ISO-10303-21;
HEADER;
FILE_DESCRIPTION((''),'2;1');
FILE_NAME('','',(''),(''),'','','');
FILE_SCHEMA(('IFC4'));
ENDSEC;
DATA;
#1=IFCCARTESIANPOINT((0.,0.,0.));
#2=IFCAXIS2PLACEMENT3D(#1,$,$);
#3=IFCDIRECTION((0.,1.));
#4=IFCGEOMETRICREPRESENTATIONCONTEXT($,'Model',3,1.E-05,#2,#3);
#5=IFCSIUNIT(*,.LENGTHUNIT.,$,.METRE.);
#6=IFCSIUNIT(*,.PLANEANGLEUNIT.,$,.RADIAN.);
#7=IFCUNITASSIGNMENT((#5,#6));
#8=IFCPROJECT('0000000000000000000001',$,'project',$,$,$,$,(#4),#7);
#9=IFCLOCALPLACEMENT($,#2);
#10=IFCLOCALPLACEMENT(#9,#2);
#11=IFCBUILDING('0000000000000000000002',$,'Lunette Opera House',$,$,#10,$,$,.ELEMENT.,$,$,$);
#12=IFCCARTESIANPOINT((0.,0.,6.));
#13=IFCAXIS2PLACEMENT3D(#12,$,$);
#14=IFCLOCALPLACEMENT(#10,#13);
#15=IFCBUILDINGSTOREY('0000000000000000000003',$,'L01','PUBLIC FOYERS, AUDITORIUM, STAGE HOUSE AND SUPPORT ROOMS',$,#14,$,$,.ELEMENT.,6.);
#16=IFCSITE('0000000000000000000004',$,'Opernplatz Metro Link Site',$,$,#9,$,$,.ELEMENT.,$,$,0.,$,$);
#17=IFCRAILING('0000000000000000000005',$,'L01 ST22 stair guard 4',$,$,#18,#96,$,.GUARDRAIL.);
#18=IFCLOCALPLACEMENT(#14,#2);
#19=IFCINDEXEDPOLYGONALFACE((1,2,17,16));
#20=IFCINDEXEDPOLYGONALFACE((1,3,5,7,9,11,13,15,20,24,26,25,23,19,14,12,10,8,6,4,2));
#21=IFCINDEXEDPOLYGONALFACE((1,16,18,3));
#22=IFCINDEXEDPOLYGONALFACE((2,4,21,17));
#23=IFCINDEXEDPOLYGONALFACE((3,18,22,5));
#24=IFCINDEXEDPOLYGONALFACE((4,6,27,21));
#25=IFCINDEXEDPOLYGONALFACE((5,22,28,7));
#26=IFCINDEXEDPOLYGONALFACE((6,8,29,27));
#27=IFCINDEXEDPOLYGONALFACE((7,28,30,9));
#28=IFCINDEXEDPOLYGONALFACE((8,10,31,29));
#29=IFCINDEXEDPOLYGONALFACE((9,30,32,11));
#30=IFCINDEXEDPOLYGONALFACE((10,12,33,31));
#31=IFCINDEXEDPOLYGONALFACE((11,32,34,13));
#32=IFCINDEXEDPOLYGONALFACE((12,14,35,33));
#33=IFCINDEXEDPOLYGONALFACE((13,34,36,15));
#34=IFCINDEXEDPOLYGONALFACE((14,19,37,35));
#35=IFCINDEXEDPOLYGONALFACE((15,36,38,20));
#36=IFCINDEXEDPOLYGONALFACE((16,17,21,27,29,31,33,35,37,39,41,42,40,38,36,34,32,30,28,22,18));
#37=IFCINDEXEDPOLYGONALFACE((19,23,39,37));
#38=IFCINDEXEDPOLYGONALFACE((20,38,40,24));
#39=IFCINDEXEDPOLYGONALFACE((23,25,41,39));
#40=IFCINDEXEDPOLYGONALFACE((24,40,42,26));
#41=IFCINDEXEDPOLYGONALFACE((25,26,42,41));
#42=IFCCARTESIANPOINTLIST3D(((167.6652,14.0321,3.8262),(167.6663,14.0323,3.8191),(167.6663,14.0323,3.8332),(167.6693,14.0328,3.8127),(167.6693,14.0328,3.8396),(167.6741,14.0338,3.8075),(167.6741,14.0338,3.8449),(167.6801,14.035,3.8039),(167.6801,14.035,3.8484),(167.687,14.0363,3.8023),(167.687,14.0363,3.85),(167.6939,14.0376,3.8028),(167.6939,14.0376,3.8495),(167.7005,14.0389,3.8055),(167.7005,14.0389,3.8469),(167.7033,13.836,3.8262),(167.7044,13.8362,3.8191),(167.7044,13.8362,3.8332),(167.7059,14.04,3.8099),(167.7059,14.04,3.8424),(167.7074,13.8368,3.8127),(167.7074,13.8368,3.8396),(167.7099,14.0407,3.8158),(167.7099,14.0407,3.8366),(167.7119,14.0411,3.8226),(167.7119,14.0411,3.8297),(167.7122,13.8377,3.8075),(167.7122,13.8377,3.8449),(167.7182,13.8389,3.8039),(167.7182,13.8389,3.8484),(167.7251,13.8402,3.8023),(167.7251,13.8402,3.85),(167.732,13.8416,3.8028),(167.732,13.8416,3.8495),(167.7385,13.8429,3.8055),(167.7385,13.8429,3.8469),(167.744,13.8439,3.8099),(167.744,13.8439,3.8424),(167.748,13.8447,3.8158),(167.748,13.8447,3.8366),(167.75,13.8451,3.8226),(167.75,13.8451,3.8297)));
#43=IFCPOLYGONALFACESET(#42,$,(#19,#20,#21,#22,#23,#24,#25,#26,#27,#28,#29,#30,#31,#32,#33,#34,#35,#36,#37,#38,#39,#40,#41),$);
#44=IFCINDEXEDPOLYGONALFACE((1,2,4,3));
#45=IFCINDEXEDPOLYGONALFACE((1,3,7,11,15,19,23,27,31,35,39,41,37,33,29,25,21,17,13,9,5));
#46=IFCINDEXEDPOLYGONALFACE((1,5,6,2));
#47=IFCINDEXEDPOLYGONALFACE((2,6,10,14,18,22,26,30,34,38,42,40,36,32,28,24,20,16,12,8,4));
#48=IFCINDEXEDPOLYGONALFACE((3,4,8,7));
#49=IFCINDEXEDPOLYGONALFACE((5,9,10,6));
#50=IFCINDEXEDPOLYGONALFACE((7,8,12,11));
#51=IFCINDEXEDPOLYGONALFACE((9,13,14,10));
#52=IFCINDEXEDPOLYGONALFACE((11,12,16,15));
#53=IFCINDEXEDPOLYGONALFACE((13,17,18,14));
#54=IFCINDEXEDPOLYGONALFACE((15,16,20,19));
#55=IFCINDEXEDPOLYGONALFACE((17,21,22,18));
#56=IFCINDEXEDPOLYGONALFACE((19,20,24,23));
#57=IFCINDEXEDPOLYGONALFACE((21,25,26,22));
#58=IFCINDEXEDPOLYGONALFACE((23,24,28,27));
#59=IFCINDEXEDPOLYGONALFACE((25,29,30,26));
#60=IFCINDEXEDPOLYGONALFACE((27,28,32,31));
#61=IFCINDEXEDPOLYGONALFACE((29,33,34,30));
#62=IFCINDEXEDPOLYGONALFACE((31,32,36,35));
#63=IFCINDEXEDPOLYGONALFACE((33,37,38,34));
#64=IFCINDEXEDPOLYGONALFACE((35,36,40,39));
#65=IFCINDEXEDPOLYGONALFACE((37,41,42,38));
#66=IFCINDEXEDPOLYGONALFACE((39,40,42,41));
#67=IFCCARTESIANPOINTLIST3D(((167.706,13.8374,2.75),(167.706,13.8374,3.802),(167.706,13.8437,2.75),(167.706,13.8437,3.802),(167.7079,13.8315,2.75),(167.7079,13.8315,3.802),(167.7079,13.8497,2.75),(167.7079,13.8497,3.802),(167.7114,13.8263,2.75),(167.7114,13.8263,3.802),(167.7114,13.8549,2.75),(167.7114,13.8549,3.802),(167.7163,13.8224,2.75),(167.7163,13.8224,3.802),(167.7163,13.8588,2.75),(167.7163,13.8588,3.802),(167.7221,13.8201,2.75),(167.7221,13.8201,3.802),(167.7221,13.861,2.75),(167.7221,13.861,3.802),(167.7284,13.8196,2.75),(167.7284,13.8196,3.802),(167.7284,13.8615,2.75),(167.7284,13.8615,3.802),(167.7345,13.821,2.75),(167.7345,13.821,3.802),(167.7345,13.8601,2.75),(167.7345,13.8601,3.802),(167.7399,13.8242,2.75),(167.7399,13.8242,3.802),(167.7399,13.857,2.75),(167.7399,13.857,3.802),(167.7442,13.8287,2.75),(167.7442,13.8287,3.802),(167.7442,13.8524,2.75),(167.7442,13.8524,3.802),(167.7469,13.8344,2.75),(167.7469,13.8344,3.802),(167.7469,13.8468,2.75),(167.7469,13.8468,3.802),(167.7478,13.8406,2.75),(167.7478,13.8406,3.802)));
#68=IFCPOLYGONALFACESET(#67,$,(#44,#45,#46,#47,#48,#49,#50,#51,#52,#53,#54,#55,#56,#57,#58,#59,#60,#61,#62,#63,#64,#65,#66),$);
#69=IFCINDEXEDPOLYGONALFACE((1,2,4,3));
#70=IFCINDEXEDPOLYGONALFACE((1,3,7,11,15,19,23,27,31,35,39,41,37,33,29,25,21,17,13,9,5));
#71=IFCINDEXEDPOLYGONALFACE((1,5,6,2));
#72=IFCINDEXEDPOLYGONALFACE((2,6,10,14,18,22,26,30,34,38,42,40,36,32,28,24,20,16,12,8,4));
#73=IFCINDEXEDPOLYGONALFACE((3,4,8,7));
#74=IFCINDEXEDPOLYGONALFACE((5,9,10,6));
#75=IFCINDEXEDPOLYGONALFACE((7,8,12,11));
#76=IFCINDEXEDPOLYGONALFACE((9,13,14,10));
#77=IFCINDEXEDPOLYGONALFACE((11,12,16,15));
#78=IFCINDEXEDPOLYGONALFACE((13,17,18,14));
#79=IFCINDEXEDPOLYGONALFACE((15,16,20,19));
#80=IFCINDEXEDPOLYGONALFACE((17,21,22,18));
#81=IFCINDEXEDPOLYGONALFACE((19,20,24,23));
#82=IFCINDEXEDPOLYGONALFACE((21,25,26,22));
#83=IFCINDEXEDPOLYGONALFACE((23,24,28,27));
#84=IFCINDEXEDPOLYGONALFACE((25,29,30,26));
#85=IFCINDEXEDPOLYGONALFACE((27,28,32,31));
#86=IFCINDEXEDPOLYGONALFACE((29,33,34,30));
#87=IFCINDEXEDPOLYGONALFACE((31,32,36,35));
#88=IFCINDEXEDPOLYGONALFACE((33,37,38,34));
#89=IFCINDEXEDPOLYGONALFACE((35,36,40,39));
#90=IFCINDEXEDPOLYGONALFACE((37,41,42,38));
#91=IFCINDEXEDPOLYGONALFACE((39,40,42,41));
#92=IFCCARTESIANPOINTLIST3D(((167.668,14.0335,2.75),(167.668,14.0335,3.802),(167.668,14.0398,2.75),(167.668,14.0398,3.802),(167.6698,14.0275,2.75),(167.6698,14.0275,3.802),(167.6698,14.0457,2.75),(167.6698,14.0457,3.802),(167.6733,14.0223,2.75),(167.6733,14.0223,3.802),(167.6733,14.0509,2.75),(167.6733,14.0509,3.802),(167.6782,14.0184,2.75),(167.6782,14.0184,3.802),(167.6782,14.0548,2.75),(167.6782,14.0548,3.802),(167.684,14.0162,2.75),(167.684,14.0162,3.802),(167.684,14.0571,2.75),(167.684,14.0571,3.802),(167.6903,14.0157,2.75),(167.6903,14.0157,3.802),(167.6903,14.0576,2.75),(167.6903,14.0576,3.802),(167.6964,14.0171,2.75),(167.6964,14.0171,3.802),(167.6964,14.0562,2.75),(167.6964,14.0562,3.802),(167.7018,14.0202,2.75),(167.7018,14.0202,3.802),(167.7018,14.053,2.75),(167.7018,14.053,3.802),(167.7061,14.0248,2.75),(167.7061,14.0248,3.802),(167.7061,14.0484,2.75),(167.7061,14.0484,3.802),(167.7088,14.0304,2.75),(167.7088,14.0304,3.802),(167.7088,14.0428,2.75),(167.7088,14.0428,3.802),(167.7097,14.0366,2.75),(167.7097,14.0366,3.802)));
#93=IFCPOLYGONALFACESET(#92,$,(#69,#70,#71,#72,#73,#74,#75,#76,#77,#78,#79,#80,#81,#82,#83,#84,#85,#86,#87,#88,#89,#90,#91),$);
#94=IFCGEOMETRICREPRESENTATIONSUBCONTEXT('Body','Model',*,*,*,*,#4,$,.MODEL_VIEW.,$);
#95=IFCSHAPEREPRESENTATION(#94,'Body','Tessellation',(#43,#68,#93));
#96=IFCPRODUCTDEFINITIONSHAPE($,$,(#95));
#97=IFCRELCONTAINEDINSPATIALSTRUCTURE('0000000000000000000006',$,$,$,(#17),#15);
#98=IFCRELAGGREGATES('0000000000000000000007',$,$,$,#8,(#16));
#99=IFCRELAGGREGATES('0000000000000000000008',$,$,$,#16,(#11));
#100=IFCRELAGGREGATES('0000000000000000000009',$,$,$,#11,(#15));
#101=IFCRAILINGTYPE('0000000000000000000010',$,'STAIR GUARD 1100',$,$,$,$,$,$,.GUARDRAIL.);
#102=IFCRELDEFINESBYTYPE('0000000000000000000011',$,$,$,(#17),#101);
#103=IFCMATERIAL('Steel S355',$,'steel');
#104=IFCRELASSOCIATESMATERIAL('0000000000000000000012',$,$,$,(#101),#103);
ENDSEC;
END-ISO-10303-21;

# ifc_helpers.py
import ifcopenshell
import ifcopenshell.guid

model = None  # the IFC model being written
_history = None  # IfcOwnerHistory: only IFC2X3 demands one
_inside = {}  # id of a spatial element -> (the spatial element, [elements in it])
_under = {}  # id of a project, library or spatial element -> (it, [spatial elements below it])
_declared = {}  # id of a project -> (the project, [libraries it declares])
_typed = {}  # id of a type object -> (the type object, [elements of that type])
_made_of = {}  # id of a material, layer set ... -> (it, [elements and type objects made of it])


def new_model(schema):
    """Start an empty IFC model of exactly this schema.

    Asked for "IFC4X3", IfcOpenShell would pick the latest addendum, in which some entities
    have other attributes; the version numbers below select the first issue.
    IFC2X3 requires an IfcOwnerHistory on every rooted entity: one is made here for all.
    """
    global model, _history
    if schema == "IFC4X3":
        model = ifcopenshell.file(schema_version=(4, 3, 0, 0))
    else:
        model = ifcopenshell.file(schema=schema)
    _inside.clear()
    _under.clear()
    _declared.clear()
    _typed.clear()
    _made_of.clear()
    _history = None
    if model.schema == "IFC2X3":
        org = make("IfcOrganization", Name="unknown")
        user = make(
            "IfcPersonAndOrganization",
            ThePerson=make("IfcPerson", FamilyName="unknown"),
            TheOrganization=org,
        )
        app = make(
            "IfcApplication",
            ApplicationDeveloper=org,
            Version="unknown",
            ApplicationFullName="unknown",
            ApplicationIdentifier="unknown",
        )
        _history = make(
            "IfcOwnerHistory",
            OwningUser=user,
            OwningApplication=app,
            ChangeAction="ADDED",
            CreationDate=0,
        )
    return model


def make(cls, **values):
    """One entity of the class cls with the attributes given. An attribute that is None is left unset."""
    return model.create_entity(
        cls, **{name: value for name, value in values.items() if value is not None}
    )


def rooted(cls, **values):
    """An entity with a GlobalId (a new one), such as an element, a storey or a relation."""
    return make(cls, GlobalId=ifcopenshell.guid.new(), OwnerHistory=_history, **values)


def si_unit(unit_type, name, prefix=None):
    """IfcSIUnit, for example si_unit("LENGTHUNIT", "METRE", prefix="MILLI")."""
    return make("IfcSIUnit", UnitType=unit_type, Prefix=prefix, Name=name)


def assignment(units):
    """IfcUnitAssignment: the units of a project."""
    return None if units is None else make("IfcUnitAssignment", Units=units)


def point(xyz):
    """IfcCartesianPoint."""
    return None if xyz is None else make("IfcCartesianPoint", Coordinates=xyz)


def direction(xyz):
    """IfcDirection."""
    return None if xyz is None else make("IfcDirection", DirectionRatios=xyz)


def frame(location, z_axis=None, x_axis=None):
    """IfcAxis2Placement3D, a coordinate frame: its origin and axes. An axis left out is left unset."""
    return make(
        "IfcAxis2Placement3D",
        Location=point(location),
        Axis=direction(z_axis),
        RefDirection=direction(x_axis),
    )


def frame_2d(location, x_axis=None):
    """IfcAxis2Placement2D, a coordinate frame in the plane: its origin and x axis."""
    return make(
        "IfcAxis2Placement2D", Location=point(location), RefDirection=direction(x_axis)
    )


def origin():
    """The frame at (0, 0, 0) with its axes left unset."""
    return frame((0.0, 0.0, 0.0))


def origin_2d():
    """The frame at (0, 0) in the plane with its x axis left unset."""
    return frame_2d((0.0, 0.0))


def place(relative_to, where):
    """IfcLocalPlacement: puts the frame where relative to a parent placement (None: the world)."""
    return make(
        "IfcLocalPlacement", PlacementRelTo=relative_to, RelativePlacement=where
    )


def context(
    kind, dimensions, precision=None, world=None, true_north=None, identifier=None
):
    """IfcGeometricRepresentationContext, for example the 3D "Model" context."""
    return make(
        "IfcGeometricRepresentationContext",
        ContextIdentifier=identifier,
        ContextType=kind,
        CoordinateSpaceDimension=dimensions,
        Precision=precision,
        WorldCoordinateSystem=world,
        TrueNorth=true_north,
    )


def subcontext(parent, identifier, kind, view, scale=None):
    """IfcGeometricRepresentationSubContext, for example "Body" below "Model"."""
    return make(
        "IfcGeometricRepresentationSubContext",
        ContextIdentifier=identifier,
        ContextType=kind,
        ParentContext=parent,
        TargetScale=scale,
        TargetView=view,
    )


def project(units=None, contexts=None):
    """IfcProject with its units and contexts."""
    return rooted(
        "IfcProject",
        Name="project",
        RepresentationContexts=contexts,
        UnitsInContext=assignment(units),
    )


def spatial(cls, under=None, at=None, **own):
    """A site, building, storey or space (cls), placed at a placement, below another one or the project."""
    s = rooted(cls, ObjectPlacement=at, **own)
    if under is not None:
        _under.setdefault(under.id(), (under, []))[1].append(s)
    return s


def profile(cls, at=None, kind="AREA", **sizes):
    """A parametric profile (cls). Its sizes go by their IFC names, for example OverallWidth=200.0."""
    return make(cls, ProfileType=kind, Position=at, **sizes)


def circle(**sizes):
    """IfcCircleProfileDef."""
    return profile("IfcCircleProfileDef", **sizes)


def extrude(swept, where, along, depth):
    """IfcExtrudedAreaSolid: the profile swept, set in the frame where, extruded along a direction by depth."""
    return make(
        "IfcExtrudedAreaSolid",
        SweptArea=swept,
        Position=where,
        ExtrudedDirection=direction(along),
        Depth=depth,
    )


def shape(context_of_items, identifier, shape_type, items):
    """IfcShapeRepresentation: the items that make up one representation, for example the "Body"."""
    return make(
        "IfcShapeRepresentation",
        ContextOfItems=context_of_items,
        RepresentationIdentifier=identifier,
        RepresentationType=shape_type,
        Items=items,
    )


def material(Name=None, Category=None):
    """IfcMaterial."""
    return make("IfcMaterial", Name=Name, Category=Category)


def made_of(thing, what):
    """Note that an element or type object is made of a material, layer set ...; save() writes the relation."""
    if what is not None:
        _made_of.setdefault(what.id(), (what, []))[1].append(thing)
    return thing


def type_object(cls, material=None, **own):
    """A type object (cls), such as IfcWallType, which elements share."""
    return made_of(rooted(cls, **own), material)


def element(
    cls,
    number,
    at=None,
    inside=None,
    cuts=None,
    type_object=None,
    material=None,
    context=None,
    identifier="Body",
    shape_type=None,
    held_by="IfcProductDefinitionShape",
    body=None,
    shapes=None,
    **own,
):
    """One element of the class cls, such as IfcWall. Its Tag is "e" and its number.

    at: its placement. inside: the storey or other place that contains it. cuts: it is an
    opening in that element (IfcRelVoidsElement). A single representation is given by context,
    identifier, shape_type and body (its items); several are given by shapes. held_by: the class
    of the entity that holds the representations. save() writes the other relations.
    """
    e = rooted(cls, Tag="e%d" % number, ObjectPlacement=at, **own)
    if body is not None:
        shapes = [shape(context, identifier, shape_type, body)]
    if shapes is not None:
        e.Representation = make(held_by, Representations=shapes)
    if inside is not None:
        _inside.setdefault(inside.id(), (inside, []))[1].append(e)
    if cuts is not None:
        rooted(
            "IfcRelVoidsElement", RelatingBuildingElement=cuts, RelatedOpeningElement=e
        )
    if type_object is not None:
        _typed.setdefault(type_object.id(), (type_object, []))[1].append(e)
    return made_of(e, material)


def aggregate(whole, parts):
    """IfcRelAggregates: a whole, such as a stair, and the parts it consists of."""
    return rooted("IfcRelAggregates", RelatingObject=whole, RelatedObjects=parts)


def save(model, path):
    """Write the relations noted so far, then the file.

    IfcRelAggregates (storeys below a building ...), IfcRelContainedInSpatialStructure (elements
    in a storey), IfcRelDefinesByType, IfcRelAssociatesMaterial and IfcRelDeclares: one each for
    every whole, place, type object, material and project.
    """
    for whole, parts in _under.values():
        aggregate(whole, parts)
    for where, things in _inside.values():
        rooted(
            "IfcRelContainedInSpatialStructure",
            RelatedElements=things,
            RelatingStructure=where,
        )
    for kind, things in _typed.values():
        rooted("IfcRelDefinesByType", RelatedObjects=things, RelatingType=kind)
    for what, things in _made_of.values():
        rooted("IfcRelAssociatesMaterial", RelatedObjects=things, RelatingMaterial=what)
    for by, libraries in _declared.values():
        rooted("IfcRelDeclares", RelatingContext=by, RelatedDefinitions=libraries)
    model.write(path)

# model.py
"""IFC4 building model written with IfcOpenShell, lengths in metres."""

from ifc_helpers import new_model, si_unit, direction, frame, origin, origin_2d, place, context, subcontext, project, spatial, circle, extrude, material, type_object, element, save


model = new_model("IFC4")

# Units and contexts
model_context = context("Model", 3, precision=1e-05, world=origin(), true_north=direction((0.0, 1.0)))
body_context = subcontext(model_context, "Body", "Model", "MODEL_VIEW")
ifc_project = project(units=[si_unit("LENGTHUNIT", "METRE"), si_unit("PLANEANGLEUNIT", "RADIAN")], contexts=[model_context])

# Site, building, storey
site_placement = place(None, origin())
site = spatial("IfcSite", under=ifc_project, at=site_placement, Name="Opernplatz Metro Link Site", CompositionType="ELEMENT", RefElevation=0.0)
building_placement = place(site_placement, origin())
building = spatial("IfcBuilding", under=site, at=building_placement, Name="Lunette Opera House", CompositionType="ELEMENT")
storey_placement = place(building_placement, frame((0.0, 0.0, 6.0)))
storey = spatial("IfcBuildingStorey", under=building, at=storey_placement, Name="L01", Description="PUBLIC FOYERS, AUDITORIUM, STAGE HOUSE AND SUPPORT ROOMS", CompositionType="ELEMENT", Elevation=6.0)

# Railing
ifc_material_1 = material(Name="Steel S355", Category="steel")
railing_type_1 = type_object("IfcRailingType", Name="STAIR GUARD 1100", PredefinedType="GUARDRAIL", material=ifc_material_1)
railing_1_placement = place(storey_placement, frame((167.7268, 13.8406, 2.75)))
element("IfcRailing", 1, at=railing_1_placement, inside=storey, type_object=railing_type_1, Name="L01 ST22 stair guard 4", PredefinedType="GUARDRAIL", context=body_context, shape_type="SweptSolid", body=[
    extrude(circle(Radius=0.0239, at=origin_2d()), frame((0.0, 0.0, 1.0762), z_axis=(-0.190706, 0.981647, 0.0), x_axis=(-0.981647, -0.190706, 0.0)), (0.0, 0.0, 1.0), 0.1997),
    extrude(circle(Radius=0.021, at=origin_2d()), origin(), (0.0, 0.0, 1.0), 1.052),
    extrude(circle(Radius=0.021, at=origin_2d()), frame((-0.0381, 0.196, 0.0)), (0.0, 0.0, 1.0), 1.052),
])

save(model, "model.ifc")
